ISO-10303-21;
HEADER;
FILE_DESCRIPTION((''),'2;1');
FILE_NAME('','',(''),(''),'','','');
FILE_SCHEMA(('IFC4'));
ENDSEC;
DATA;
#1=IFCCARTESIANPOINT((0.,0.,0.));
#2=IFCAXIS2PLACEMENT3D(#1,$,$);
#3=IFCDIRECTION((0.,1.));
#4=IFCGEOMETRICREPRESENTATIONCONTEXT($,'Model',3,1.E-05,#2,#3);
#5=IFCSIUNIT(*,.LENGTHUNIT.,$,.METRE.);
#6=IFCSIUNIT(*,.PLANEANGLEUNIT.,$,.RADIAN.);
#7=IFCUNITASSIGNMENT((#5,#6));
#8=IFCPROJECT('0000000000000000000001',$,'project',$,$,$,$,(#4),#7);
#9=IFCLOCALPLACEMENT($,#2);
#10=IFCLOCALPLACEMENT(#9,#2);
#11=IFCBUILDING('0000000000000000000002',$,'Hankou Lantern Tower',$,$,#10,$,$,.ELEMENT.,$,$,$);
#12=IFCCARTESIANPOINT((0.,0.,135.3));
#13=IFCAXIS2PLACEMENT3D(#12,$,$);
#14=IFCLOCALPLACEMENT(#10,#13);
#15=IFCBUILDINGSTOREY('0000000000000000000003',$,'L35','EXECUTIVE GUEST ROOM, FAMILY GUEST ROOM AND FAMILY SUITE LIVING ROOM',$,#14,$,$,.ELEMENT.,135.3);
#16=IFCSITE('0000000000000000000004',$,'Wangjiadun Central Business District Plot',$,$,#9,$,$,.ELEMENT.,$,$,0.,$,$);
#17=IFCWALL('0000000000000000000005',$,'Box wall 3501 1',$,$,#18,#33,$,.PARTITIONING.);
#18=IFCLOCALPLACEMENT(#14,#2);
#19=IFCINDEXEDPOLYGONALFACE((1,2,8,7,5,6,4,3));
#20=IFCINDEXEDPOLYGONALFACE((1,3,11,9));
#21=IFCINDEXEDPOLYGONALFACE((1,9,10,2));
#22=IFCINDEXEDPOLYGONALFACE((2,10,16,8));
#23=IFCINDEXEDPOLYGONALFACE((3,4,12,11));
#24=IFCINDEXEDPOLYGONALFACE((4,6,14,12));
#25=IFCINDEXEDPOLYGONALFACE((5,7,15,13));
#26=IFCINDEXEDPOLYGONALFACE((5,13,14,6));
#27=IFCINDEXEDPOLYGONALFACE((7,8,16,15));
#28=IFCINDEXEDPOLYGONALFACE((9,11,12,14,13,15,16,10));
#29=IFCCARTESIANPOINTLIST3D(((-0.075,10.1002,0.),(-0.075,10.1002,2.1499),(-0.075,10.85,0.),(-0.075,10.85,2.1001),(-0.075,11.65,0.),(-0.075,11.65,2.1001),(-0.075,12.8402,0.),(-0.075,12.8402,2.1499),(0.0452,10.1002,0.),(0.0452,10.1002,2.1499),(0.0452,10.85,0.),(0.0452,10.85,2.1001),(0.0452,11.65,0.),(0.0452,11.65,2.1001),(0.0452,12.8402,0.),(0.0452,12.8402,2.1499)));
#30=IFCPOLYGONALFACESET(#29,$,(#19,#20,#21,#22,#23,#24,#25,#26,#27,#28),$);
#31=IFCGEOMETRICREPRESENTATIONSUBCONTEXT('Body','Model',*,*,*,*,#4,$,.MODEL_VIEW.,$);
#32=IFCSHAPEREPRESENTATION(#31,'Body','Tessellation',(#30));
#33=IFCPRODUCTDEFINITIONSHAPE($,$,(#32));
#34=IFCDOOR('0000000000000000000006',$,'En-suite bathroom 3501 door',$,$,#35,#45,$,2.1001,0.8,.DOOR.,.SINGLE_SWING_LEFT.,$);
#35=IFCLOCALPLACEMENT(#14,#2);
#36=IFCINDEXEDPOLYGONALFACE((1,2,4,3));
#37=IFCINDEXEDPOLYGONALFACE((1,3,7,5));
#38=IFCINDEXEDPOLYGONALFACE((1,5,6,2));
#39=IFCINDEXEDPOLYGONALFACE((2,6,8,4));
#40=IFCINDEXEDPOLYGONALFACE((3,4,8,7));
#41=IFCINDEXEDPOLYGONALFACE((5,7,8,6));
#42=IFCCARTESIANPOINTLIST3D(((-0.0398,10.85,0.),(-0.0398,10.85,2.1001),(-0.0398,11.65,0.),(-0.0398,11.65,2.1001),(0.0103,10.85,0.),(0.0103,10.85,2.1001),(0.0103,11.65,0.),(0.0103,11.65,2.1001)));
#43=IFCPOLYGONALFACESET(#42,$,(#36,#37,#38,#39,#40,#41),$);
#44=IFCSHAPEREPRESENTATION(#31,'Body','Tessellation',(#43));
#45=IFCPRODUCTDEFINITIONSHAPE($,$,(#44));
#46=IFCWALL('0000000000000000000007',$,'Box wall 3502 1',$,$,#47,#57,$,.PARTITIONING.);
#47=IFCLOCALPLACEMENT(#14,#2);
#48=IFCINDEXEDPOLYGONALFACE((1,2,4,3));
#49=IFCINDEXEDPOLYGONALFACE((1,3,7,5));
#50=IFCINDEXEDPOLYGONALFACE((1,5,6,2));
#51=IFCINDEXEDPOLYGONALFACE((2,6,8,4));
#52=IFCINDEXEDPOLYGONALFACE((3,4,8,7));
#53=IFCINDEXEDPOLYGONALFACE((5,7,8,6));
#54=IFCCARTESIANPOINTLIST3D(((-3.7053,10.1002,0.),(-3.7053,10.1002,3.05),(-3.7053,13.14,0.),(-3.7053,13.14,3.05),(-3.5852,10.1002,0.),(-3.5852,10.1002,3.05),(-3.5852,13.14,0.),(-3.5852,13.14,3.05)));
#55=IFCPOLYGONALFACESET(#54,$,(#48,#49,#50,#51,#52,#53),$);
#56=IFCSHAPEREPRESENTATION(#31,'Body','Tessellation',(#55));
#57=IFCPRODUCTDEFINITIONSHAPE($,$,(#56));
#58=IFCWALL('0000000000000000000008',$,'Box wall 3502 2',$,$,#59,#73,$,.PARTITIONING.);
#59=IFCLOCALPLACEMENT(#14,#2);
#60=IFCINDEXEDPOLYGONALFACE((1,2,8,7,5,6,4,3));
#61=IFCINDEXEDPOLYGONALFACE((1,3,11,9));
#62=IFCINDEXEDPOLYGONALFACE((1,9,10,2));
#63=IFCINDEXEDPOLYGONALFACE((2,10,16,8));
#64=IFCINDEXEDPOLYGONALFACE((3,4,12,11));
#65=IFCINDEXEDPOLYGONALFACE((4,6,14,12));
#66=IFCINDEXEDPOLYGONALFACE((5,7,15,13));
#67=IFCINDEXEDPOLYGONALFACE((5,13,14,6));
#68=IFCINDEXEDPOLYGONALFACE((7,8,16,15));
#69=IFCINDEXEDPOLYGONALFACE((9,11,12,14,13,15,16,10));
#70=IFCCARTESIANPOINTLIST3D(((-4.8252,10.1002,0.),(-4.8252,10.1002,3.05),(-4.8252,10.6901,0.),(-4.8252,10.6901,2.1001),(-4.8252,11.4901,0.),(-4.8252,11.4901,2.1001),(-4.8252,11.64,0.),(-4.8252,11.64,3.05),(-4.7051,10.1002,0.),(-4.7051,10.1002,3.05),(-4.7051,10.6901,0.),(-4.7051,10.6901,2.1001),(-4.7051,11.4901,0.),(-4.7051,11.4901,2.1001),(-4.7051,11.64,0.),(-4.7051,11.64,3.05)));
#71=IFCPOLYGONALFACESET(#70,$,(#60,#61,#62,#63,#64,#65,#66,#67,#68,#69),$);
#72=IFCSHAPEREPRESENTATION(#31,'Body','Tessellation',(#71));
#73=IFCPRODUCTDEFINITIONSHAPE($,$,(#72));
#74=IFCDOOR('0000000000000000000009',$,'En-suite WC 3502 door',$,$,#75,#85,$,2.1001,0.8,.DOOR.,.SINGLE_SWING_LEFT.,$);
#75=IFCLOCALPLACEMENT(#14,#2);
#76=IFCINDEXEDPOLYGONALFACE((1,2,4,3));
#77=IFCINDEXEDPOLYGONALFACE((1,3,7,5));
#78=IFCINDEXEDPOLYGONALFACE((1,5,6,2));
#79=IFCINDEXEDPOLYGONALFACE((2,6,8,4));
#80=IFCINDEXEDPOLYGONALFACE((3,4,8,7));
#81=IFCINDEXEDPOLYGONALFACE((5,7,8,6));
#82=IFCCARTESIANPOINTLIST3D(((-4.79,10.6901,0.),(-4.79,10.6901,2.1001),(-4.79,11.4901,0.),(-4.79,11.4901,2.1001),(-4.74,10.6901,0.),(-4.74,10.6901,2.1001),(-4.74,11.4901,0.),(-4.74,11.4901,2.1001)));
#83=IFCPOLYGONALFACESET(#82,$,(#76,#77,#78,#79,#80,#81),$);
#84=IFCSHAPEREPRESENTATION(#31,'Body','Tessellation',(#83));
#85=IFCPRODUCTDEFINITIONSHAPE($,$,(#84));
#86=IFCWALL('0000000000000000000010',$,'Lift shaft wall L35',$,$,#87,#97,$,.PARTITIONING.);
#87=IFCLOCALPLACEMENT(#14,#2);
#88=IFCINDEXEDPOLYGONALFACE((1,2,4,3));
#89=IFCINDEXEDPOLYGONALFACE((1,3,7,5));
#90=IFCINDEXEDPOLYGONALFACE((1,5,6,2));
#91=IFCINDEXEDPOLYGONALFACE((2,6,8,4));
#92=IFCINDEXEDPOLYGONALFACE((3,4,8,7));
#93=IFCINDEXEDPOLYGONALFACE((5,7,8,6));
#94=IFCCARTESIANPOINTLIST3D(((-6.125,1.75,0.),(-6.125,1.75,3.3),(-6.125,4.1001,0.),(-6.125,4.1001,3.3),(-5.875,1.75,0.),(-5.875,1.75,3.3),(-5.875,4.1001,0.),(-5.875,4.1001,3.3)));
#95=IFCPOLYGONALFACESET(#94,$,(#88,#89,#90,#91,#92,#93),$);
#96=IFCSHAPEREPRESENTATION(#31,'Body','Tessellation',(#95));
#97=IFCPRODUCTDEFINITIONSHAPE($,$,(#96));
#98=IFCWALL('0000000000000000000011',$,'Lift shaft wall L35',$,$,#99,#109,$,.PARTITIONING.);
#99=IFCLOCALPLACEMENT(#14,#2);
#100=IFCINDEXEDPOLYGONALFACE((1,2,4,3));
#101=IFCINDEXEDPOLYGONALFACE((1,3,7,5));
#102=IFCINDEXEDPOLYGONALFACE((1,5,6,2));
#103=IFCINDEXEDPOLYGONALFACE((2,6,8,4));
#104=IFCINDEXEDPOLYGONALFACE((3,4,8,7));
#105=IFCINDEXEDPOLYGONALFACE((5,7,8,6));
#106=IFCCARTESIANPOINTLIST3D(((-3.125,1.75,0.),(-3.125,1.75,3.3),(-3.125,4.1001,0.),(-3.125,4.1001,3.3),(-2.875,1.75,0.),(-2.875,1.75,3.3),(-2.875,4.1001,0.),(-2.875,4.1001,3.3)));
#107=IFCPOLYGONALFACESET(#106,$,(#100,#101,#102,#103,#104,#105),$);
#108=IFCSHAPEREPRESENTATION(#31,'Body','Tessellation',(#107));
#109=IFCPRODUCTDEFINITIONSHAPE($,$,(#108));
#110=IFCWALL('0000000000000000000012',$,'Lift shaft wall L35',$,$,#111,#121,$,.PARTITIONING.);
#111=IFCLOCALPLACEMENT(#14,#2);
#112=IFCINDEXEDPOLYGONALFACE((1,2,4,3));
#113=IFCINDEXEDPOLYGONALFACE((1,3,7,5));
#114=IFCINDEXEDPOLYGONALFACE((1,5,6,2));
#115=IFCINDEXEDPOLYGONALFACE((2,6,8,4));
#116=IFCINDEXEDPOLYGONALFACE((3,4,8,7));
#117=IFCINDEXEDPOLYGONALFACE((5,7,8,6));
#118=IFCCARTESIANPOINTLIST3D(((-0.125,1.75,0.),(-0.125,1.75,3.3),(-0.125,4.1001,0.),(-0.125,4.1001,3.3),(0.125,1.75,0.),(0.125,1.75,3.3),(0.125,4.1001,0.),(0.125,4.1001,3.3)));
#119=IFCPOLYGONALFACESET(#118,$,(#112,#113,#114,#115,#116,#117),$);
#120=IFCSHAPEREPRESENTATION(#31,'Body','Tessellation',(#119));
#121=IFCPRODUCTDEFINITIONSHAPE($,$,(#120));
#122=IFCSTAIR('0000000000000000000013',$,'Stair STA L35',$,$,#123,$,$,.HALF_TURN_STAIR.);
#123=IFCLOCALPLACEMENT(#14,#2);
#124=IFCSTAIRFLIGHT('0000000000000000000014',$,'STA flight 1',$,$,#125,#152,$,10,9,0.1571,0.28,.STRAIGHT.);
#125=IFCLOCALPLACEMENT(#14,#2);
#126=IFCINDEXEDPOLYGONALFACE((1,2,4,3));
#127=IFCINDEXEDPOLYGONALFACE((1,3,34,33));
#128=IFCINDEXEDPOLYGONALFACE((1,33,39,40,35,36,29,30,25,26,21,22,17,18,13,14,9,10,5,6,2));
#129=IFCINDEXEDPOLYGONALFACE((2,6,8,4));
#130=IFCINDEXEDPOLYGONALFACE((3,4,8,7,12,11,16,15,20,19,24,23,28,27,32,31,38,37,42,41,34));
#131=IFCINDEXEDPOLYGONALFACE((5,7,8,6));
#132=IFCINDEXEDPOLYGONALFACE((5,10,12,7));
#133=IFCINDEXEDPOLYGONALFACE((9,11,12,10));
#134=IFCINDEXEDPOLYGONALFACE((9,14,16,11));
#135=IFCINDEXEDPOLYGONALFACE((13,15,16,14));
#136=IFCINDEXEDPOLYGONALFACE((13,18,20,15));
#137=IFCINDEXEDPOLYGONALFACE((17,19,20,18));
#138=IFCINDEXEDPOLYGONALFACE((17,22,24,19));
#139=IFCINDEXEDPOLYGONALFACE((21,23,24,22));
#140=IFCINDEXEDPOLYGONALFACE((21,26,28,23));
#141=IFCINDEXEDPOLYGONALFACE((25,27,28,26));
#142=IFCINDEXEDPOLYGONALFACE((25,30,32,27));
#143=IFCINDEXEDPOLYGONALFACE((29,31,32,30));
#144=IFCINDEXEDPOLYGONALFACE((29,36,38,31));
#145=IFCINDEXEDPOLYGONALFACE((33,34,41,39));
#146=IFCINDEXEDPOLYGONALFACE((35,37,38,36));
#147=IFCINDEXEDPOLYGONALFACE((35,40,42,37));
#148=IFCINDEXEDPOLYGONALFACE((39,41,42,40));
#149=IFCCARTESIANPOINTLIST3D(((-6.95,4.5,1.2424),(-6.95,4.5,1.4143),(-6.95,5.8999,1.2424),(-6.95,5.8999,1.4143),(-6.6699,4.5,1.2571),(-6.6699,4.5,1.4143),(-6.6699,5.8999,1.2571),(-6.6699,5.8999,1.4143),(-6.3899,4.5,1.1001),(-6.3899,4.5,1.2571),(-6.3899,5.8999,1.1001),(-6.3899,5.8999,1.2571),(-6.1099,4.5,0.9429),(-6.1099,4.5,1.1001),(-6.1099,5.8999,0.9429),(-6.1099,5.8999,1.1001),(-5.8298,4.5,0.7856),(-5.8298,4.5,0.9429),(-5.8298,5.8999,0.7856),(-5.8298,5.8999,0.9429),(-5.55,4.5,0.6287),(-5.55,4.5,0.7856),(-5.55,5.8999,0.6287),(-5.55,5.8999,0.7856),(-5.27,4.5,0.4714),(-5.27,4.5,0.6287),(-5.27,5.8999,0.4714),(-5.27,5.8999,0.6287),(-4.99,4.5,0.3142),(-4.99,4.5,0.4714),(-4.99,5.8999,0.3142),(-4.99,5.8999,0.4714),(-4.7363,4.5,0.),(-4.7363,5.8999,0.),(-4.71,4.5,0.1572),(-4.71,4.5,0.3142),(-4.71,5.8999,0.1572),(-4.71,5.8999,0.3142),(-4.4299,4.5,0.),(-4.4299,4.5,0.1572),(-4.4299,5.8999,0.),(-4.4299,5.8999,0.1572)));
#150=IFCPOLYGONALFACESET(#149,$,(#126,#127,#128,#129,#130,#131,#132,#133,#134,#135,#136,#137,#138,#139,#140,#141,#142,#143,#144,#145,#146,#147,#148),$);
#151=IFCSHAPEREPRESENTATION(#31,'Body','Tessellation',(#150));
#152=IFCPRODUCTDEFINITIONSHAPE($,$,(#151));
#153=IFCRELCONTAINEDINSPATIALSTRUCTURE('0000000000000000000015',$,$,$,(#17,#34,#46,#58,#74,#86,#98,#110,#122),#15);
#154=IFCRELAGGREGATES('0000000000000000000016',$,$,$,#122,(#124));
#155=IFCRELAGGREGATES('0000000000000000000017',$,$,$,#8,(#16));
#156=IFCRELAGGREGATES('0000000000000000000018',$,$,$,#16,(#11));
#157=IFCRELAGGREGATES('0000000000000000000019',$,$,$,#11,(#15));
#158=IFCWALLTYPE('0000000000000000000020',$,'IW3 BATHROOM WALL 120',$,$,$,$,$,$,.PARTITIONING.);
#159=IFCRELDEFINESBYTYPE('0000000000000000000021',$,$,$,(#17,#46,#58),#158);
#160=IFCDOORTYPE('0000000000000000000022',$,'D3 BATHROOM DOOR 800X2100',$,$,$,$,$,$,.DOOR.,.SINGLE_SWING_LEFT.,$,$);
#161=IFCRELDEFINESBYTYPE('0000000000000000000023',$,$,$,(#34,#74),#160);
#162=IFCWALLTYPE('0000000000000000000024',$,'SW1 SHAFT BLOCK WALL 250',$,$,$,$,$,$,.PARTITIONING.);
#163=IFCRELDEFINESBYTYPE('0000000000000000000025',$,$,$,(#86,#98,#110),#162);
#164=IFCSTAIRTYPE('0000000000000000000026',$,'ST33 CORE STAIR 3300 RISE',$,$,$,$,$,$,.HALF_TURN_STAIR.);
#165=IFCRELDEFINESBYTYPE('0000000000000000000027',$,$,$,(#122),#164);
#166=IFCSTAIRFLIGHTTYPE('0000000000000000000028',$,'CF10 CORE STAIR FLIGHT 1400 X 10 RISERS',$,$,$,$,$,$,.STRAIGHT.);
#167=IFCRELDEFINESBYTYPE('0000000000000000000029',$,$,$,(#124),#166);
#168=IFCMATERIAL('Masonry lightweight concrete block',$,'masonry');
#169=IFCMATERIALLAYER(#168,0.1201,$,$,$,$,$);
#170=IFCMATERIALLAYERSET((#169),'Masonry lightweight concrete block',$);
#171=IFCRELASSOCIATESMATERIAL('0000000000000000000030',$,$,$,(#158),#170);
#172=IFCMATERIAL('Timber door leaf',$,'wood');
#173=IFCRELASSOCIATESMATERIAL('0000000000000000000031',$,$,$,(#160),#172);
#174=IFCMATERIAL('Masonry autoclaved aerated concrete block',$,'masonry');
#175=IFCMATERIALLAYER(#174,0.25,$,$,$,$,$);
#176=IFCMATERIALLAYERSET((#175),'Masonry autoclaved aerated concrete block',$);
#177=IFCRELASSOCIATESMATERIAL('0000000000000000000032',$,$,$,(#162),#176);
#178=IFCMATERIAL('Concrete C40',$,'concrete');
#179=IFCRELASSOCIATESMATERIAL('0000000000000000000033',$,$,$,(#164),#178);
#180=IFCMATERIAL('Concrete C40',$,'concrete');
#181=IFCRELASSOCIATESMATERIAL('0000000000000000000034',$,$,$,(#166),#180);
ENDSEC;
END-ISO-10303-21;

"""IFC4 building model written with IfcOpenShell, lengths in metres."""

from ifc_helpers import new_model, si_unit, direction, frame, frame_2d, origin, place, context, subcontext, project, spatial, polyline, rectangle, outline, extrude, material, layer, layer_set, type_object, element, fill, aggregate, save


model = new_model("IFC4")

# Units and contexts
model_context = context("Model", 3, precision=1e-05, world=origin(), true_north=direction((0.0, 1.0)))
body_context = subcontext(model_context, "Body", "Model", "MODEL_VIEW")
ifc_project = project(units=[si_unit("LENGTHUNIT", "METRE"), si_unit("PLANEANGLEUNIT", "RADIAN")], contexts=[model_context])

# Site, building, storey
site_placement = place(None, origin())
site = spatial("IfcSite", under=ifc_project, at=site_placement, Name="Wangjiadun Central Business District Plot", CompositionType="ELEMENT", RefElevation=0.0)
building_placement = place(site_placement, origin())
building = spatial("IfcBuilding", under=site, at=building_placement, Name="Hankou Lantern Tower", CompositionType="ELEMENT")
storey_placement = place(building_placement, frame((0.0, 0.0, 135.3)))
storey = spatial("IfcBuildingStorey", under=building, at=storey_placement, Name="L35", Description="EXECUTIVE GUEST ROOM, FAMILY GUEST ROOM AND FAMILY SUITE LIVING ROOM", CompositionType="ELEMENT", Elevation=135.3)

# Wall, opening, door
ifc_material_1 = material(Name="Masonry lightweight concrete block", Category="masonry")
ifc_layer_1 = layer(ifc_material_1, 0.1201)
ifc_layer_set_1 = layer_set([ifc_layer_1], Name="Masonry lightweight concrete block")
wall_type_1 = type_object("IfcWallType", Name="IW3 BATHROOM WALL 120", PredefinedType="PARTITIONING", material=ifc_layer_set_1)
wall_1_placement = place(storey_placement, frame((-0.0149, 10.1001, 0.0), z_axis=(0.0, 0.0, 1.0), x_axis=(0.0, 1.0, 0.0)))
wall_1 = element("IfcWall", 1, at=wall_1_placement, inside=storey, type_object=wall_type_1, Name="Box wall 3501 1", PredefinedType="PARTITIONING", context=body_context, shape_type="SweptSolid", body=[
    extrude(rectangle(XDim=2.74, YDim=0.1201, at=frame_2d((1.3701, 0.0))), origin(), (0.0, 0.0, 1.0), 2.1499),
])
opening_1_placement = place(wall_1_placement, frame((0.75, 0.0, 0.0)))
opening_1 = element("IfcOpeningElement", 2, at=opening_1_placement, cuts=wall_1, PredefinedType="OPENING", context=body_context, shape_type="SweptSolid", body=[
    extrude(rectangle(XDim=0.8, YDim=2.1001, at=frame_2d((0.3999, 1.05))), frame((0.0, 0.0701, 0.0), z_axis=(0.0, -1.0, 0.0), x_axis=(1.0, 0.0, 0.0)), (0.0, 0.0, 1.0), 0.1401),
])
ifc_material_2 = material(Name="Timber door leaf", Category="wood")
door_type_1 = type_object("IfcDoorType", Name="D3 BATHROOM DOOR 800X2100", OperationType="SINGLE_SWING_LEFT", PredefinedType="DOOR", material=ifc_material_2)
door_1_placement = place(opening_1_placement, origin())
door_1 = element("IfcDoor", 3, at=door_1_placement, inside=storey, type_object=door_type_1, Name="En-suite bathroom 3501 door", OperationType="SINGLE_SWING_LEFT", OverallHeight=2.1001, OverallWidth=0.8, PredefinedType="DOOR", context=body_context, shape_type="SweptSolid", body=[
    extrude(rectangle(XDim=0.8, YDim=2.1001, at=frame_2d((0.3999, 1.05))), frame((0.0, 0.0249, 0.0), z_axis=(0.0, -1.0, 0.0), x_axis=(1.0, 0.0, 0.0)), (0.0, 0.0, 1.0), 0.05),
])
fill(opening_1, door_1)

# Wall
wall_2_placement = place(storey_placement, frame((-3.6453, 10.1001, 0.0), z_axis=(0.0, 0.0, 1.0), x_axis=(0.0, 1.0, 0.0)))
element("IfcWall", 4, at=wall_2_placement, inside=storey, type_object=wall_type_1, Name="Box wall 3502 1", PredefinedType="PARTITIONING", context=body_context, shape_type="SweptSolid", body=[
    extrude(rectangle(XDim=3.0398, YDim=0.1201, at=frame_2d((1.52, 0.0))), origin(), (0.0, 0.0, 1.0), 3.05),
])

# Wall, opening, door
wall_3_placement = place(storey_placement, frame((-4.7651, 10.1001, 0.0), z_axis=(0.0, 0.0, 1.0), x_axis=(0.0, 1.0, 0.0)))
wall_3 = element("IfcWall", 5, at=wall_3_placement, inside=storey, type_object=wall_type_1, Name="Box wall 3502 2", PredefinedType="PARTITIONING", context=body_context, shape_type="SweptSolid", body=[
    extrude(rectangle(XDim=1.5398, YDim=0.1201, at=frame_2d((0.77, 0.0))), origin(), (0.0, 0.0, 1.0), 3.05),
])
opening_2_placement = place(wall_3_placement, frame((0.5901, 0.0, 0.0)))
opening_2 = element("IfcOpeningElement", 6, at=opening_2_placement, cuts=wall_3, PredefinedType="OPENING", context=body_context, shape_type="SweptSolid", body=[
    extrude(rectangle(XDim=0.8, YDim=2.1001, at=frame_2d((0.3999, 1.05))), frame((0.0, 0.0701, 0.0), z_axis=(0.0, -1.0, 0.0), x_axis=(1.0, 0.0, 0.0)), (0.0, 0.0, 1.0), 0.1401),
])
door_2_placement = place(opening_2_placement, origin())
door_2 = element("IfcDoor", 7, at=door_2_placement, inside=storey, type_object=door_type_1, Name="En-suite WC 3502 door", OperationType="SINGLE_SWING_LEFT", OverallHeight=2.1001, OverallWidth=0.8, PredefinedType="DOOR", context=body_context, shape_type="SweptSolid", body=[
    extrude(rectangle(XDim=0.8, YDim=2.1001, at=frame_2d((0.3999, 1.05))), frame((0.0, 0.0249, 0.0), z_axis=(0.0, -1.0, 0.0), x_axis=(1.0, 0.0, 0.0)), (0.0, 0.0, 1.0), 0.05),
])
fill(opening_2, door_2)

# Walls
ifc_material_3 = material(Name="Masonry autoclaved aerated concrete block", Category="masonry")
ifc_layer_2 = layer(ifc_material_3, 0.25)
ifc_layer_set_2 = layer_set([ifc_layer_2], Name="Masonry autoclaved aerated concrete block")
wall_type_2 = type_object("IfcWallType", Name="SW1 SHAFT BLOCK WALL 250", PredefinedType="PARTITIONING", material=ifc_layer_set_2)
for number, where, z_axis, x_axis, name in (
    (8, (-6.0, 1.75, 0.0), (0.0, 0.0, 1.0), (0.0, 1.0, 0.0), "Lift shaft wall L35"),
    (9, (-3.0, 1.75, 0.0), (0.0, 0.0, 1.0), (0.0, 1.0, 0.0), "Lift shaft wall L35"),
    (10, (0.0, 1.75, 0.0), (0.0, 0.0, 1.0), (0.0, 1.0, 0.0), "Lift shaft wall L35"),
):
    element("IfcWall", number, at=place(storey_placement, frame(where, z_axis=z_axis, x_axis=x_axis)), inside=storey, type_object=wall_type_2, Name=name, PredefinedType="PARTITIONING", context=body_context, shape_type="SweptSolid", body=[
        extrude(rectangle(XDim=2.3501, YDim=0.25, at=frame_2d((1.175, 0.0))), origin(), (0.0, 0.0, 1.0), 3.3),
    ])

# Stair, stair flight
ifc_material_4 = material(Name="Concrete C40", Category="concrete")
stair_type = type_object("IfcStairType", Name="ST33 CORE STAIR 3300 RISE", PredefinedType="HALF_TURN_STAIR", material=ifc_material_4)
stair_placement = place(storey_placement, origin())
stair = element("IfcStair", 11, at=stair_placement, inside=storey, type_object=stair_type, Name="Stair STA L35", PredefinedType="HALF_TURN_STAIR")
ifc_material_5 = material(Name="Concrete C40", Category="concrete")
stair_flight_type = type_object("IfcStairFlightType", Name="CF10 CORE STAIR FLIGHT 1400 X 10 RISERS", PredefinedType="STRAIGHT", material=ifc_material_5)
stair_flight_placement = place(storey_placement, frame((-4.4299, 5.2, 0.0), z_axis=(0.0, 0.0, 1.0), x_axis=(-1.0, 0.0, 0.0)))
stair_flight = element("IfcStairFlight", 12, at=stair_flight_placement, type_object=stair_flight_type, Name="STA flight 1", NumberOfRisers=10, NumberOfTreads=9, PredefinedType="STRAIGHT", RiserHeight=0.1571, TreadLength=0.28, context=body_context, shape_type="SweptSolid", body=[
    extrude(outline(polyline([(0.0, 0.0), (0.0, 0.1572), (0.28, 0.1572), (0.28, 0.3142), (0.5601, 0.3142), (0.5601, 0.4714), (0.8401, 0.4714), (0.8401, 0.6287), (1.1201, 0.6287), (1.1201, 0.7856), (1.3999, 0.7856), (1.3999, 0.9429), (1.6799, 0.9429), (1.6799, 1.1001), (1.96, 1.1001), (1.96, 1.2571), (2.24, 1.2571), (2.24, 1.4143), (2.52, 1.4143), (2.52, 1.5715), (2.52, 1.2424), (0.3064, 0.0), (0.0, 0.0)])), frame((0.0, 0.7, 0.0), z_axis=(0.0, -1.0, 0.0), x_axis=(1.0, 0.0, 0.0)), (0.0, 0.0, 1.0), 1.3999),
])
aggregate(stair, [stair_flight])

save(model, "model.ifc")
